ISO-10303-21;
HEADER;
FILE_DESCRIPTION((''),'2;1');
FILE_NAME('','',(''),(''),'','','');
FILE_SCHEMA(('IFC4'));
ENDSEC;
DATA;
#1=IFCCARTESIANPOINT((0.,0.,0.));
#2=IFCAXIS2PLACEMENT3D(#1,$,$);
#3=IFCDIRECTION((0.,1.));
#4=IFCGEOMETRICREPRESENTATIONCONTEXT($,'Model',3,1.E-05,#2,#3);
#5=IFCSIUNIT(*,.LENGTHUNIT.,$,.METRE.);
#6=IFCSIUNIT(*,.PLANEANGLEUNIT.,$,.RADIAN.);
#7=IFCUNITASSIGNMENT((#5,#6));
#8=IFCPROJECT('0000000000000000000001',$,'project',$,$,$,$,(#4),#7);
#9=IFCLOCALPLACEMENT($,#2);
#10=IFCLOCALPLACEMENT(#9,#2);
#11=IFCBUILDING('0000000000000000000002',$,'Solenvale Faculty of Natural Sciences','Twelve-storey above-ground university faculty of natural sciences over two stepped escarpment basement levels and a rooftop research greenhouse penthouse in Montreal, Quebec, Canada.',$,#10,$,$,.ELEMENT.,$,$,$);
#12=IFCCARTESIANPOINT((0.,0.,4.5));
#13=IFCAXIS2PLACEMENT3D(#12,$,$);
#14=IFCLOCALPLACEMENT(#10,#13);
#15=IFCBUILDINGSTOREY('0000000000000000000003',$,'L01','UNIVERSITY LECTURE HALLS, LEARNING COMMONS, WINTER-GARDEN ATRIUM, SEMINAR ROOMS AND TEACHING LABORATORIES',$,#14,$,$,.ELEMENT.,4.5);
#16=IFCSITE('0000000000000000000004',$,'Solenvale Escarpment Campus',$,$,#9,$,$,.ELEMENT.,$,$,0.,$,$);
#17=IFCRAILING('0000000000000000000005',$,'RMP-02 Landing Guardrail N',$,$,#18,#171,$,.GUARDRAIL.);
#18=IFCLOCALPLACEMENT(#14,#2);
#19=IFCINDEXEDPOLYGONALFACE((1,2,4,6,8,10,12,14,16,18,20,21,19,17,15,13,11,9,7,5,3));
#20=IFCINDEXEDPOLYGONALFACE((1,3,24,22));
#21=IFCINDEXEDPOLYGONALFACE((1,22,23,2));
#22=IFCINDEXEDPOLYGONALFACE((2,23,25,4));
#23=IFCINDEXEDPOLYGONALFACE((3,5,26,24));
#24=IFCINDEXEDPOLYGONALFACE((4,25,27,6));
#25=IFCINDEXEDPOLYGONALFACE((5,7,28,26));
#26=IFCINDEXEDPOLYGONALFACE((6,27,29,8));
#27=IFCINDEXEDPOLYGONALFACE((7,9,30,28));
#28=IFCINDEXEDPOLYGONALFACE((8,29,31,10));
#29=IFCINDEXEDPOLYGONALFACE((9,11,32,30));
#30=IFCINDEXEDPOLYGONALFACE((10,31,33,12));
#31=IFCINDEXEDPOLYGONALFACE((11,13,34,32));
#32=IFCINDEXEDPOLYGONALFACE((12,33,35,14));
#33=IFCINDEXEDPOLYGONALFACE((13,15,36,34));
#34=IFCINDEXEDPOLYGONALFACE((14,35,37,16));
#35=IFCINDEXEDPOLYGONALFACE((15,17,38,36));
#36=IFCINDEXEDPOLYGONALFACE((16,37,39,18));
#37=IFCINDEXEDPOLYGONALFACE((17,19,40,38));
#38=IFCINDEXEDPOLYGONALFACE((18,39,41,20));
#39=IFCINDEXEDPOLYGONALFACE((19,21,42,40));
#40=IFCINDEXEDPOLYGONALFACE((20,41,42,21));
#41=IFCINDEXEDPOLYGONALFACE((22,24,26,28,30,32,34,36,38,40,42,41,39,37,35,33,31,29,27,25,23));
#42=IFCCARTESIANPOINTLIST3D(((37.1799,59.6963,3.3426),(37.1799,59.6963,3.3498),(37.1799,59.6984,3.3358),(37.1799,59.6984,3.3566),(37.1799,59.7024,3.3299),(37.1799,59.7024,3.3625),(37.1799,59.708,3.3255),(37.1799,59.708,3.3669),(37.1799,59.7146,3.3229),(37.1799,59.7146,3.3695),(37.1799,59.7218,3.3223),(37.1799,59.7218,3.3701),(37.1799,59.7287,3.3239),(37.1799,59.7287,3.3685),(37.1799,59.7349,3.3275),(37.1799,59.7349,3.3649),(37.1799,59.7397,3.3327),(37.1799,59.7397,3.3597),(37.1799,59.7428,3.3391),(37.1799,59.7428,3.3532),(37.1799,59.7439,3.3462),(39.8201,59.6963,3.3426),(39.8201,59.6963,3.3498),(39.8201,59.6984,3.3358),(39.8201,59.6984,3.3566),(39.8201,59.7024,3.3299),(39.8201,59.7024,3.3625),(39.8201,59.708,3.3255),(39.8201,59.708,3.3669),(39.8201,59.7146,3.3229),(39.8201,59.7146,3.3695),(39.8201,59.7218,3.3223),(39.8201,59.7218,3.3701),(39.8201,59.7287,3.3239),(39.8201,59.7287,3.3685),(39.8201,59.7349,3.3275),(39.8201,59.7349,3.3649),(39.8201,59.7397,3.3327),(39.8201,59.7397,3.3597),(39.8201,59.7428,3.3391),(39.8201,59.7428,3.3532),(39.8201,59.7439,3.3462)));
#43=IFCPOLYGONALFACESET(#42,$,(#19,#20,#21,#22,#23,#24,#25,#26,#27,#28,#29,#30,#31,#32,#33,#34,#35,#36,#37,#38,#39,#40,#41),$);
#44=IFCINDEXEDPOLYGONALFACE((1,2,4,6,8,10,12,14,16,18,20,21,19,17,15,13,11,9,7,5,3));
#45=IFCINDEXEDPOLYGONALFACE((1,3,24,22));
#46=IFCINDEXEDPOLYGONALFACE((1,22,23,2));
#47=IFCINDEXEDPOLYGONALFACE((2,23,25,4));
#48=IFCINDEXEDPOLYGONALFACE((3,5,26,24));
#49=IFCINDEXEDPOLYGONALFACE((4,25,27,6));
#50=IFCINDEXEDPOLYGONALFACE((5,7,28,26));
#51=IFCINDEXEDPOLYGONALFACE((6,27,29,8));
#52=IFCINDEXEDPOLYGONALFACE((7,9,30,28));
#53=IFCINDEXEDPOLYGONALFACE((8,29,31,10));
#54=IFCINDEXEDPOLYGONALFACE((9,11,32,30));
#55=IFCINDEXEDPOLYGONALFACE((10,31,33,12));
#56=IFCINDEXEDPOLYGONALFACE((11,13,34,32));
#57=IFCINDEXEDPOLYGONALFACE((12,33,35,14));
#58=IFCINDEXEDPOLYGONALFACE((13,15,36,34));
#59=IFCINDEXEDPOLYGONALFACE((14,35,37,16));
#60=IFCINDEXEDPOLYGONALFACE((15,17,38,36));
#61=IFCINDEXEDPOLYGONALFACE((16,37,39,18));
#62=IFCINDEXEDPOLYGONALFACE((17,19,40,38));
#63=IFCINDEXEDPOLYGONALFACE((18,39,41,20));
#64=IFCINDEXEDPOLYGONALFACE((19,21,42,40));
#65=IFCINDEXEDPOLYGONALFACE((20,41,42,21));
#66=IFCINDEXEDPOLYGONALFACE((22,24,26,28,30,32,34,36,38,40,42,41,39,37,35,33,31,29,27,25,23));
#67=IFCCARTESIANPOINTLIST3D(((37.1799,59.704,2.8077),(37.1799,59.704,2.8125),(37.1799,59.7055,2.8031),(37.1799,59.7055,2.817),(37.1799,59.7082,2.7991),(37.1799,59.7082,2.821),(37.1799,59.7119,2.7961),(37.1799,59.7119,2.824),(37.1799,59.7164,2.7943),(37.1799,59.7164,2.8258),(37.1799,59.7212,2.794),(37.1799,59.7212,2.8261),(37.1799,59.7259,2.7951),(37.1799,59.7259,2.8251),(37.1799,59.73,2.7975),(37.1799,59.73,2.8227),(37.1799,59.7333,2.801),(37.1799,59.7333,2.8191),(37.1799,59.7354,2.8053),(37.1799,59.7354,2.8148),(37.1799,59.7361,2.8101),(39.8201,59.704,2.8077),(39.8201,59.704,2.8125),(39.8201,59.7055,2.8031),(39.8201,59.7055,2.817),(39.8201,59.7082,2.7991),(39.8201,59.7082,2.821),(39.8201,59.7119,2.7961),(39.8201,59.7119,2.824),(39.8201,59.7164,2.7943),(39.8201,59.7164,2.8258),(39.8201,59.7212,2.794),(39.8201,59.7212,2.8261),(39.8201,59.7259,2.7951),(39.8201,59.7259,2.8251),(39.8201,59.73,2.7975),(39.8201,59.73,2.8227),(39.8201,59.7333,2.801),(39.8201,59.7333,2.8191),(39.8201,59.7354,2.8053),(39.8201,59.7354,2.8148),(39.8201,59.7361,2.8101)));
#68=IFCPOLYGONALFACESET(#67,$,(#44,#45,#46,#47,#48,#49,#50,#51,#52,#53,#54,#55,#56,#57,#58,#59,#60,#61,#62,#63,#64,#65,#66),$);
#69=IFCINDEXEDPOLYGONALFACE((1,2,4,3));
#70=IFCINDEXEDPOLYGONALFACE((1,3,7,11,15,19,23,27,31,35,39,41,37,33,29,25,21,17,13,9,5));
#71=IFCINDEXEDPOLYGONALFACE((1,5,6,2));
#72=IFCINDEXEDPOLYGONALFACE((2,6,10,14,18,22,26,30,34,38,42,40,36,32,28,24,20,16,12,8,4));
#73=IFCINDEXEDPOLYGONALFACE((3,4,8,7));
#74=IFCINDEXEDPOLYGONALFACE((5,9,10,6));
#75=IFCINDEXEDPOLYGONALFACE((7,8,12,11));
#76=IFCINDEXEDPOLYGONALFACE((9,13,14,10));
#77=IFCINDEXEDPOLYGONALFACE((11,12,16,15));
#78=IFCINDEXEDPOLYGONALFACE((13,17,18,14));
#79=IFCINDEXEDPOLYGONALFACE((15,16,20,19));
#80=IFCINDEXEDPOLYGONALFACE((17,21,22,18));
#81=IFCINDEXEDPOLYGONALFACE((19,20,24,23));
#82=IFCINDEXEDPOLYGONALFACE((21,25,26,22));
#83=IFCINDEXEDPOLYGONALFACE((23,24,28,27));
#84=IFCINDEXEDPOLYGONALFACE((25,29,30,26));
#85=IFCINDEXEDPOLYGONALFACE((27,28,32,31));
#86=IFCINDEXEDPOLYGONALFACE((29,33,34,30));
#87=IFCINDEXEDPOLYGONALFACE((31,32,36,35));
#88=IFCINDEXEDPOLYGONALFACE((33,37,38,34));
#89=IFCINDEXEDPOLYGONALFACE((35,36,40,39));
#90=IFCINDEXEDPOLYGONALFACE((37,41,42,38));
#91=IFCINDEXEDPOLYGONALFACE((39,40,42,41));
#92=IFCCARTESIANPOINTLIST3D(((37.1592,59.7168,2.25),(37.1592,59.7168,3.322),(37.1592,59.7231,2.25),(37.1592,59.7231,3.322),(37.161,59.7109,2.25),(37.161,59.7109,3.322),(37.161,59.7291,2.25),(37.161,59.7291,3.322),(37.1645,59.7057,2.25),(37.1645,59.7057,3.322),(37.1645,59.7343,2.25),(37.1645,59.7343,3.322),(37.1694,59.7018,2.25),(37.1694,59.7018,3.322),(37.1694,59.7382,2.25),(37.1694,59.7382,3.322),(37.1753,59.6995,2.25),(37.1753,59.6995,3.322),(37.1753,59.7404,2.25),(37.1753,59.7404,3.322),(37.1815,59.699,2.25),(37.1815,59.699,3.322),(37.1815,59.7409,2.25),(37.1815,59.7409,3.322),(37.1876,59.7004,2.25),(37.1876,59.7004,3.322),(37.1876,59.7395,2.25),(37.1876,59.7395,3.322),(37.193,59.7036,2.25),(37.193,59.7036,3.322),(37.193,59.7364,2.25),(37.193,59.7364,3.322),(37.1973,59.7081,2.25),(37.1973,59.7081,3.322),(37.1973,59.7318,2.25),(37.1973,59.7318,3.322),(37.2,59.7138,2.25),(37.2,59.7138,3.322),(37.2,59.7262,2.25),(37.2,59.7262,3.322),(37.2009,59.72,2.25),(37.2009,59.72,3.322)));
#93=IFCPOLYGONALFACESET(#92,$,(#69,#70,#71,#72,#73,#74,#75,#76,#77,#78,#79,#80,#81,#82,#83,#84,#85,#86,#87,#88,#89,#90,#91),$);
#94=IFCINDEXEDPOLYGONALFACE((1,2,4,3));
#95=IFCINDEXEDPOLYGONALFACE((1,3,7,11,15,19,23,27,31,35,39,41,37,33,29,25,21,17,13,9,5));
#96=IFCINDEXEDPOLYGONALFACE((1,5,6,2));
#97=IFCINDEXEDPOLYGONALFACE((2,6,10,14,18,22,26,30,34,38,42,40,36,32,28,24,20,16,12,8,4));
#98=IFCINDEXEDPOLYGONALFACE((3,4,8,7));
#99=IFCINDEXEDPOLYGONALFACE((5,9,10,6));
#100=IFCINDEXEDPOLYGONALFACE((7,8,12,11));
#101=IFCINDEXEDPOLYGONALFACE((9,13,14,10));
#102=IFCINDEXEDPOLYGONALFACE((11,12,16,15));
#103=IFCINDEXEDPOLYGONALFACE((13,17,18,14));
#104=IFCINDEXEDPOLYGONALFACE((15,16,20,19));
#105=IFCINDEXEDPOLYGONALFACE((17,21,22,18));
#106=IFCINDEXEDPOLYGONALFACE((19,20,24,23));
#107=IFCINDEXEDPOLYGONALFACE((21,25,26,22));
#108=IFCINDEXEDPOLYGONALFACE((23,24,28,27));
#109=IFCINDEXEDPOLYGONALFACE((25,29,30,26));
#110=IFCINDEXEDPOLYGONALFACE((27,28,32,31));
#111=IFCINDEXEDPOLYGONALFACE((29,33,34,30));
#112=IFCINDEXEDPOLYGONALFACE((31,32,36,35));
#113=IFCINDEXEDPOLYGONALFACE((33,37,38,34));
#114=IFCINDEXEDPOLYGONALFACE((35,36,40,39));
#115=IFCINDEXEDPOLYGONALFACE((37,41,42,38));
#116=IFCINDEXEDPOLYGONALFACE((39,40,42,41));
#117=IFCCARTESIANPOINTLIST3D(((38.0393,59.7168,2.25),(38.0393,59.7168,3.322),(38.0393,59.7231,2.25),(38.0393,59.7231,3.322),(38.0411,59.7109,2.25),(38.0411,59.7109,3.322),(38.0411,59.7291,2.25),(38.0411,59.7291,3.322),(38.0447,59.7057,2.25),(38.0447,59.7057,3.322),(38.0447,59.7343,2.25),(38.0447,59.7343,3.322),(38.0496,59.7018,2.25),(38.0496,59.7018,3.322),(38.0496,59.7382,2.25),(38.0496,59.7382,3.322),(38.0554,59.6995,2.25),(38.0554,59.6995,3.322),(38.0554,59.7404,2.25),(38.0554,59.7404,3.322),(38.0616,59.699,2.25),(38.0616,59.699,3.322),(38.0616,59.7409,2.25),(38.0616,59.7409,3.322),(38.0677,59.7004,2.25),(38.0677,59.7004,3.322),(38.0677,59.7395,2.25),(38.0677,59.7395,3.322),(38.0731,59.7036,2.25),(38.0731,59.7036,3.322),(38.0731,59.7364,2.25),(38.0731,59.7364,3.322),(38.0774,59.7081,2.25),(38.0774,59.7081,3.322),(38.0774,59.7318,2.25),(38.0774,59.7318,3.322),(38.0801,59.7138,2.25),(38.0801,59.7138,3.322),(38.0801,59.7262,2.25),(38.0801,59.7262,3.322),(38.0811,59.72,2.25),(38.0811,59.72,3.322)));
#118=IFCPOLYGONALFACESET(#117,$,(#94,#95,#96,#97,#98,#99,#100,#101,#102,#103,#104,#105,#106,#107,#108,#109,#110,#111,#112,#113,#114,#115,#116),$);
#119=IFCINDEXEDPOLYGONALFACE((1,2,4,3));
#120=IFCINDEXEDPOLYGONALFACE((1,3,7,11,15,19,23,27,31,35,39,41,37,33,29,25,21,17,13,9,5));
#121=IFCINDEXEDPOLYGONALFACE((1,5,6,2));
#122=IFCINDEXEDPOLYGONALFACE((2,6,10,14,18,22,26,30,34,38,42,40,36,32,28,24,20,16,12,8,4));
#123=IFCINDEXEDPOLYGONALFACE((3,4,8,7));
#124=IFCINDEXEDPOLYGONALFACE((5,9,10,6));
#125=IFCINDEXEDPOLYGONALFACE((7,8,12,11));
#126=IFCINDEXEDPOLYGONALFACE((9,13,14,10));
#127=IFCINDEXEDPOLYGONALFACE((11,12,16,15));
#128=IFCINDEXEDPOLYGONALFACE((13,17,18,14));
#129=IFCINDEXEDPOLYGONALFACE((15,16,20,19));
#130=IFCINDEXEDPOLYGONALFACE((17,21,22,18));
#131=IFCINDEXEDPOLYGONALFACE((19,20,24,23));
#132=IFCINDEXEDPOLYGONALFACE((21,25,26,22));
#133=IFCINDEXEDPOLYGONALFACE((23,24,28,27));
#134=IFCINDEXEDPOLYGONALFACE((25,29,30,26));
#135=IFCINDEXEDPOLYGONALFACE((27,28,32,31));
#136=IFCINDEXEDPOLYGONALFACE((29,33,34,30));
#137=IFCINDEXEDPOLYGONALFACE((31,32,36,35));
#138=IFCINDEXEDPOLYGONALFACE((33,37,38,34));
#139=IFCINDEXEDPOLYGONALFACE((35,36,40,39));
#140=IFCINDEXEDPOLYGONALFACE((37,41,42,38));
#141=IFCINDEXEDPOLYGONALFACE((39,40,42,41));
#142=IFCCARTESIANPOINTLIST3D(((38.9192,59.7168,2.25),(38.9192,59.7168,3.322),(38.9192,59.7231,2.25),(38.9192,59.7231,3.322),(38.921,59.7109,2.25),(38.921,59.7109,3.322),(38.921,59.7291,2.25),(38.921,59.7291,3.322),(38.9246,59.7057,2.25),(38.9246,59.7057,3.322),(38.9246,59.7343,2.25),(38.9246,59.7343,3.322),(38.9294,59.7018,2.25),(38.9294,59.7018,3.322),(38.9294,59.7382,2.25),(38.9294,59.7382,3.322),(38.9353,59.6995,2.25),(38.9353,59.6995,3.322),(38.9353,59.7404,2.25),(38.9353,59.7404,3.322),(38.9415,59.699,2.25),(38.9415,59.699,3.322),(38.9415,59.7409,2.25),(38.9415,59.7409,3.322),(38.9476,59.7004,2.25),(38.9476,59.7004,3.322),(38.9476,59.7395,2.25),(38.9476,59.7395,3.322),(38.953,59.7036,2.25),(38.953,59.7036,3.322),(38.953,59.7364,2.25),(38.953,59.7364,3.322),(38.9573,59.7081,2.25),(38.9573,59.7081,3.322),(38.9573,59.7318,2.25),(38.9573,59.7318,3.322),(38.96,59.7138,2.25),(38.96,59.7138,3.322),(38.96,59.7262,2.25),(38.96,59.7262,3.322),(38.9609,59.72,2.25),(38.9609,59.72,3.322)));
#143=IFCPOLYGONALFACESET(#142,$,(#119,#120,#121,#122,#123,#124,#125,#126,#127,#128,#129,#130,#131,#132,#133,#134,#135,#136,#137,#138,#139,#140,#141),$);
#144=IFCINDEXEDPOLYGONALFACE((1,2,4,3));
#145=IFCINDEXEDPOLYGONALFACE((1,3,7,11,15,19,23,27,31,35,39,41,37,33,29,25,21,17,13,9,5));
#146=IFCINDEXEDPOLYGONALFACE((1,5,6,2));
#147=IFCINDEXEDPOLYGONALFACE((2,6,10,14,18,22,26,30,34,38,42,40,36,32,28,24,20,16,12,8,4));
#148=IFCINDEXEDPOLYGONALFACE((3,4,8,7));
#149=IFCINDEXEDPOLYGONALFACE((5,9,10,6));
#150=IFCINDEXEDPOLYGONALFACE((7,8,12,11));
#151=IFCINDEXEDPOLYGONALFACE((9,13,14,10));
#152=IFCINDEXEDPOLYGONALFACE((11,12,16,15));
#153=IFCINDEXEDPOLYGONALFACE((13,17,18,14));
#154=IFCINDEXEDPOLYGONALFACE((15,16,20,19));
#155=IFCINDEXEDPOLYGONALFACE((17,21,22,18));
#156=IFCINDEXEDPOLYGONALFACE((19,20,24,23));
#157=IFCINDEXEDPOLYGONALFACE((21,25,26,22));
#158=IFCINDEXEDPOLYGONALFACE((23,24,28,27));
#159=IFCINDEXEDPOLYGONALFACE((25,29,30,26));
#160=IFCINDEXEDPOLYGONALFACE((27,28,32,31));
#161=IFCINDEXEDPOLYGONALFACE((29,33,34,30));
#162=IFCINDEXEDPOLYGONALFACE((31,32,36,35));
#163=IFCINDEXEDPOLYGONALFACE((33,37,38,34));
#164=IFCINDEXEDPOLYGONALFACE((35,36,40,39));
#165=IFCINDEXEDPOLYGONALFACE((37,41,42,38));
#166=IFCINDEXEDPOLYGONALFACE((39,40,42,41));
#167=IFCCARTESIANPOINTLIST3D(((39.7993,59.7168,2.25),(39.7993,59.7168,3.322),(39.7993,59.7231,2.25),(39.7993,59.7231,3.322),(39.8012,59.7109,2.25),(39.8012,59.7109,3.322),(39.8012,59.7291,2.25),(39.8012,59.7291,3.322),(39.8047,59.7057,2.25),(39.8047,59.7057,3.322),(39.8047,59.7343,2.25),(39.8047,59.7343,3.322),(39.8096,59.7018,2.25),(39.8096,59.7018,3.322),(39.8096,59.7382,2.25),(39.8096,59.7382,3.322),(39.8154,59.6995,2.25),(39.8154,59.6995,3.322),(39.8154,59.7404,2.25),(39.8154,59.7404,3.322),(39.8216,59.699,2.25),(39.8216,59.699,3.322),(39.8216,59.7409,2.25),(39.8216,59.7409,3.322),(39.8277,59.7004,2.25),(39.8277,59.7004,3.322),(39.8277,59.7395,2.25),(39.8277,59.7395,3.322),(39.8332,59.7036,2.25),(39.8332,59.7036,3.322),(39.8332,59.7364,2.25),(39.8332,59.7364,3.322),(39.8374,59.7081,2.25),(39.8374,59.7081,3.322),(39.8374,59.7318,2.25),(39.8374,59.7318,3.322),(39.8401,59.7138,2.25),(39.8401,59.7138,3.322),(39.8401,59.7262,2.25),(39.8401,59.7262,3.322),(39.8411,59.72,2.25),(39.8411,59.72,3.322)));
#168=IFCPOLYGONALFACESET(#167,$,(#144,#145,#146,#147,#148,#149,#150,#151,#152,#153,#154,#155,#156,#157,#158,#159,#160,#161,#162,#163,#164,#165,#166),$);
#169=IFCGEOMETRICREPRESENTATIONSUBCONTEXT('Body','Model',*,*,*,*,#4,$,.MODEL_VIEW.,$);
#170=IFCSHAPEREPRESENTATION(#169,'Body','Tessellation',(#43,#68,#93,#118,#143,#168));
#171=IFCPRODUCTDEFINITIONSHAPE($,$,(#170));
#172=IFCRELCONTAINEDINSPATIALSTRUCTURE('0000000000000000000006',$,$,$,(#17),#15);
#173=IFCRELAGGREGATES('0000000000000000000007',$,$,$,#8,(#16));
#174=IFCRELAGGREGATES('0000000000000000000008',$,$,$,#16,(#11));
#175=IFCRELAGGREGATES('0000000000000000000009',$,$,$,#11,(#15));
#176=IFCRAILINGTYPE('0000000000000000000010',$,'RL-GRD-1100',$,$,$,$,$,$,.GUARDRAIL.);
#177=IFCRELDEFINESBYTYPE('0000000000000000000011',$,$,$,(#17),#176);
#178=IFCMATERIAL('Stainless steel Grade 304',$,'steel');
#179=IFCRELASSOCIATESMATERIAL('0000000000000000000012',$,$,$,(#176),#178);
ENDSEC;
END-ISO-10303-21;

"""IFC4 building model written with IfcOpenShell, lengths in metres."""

from ifc_helpers import new_model, si_unit, direction, frame, origin, origin_2d, place, context, subcontext, project, spatial, circle, extrude, material, type_object, element, save


model = new_model("IFC4")

# Units and contexts
model_context = context("Model", 3, precision=1e-05, world=origin(), true_north=direction((0.0, 1.0)))
body_context = subcontext(model_context, "Body", "Model", "MODEL_VIEW")
ifc_project = project(units=[si_unit("LENGTHUNIT", "METRE"), si_unit("PLANEANGLEUNIT", "RADIAN")], contexts=[model_context])

# Site, building, storey
site_placement = place(None, origin())
site = spatial("IfcSite", under=ifc_project, at=site_placement, Name="Solenvale Escarpment Campus", CompositionType="ELEMENT", RefElevation=0.0)
building_placement = place(site_placement, origin())
building = spatial("IfcBuilding", under=site, at=building_placement, Name="Solenvale Faculty of Natural Sciences", Description="Twelve-storey above-ground university faculty of natural sciences over two stepped escarpment basement levels and a rooftop research greenhouse penthouse in Montreal, Quebec, Canada.", CompositionType="ELEMENT")
storey_placement = place(building_placement, frame((0.0, 0.0, 4.5)))
storey = spatial("IfcBuildingStorey", under=building, at=storey_placement, Name="L01", Description="UNIVERSITY LECTURE HALLS, LEARNING COMMONS, WINTER-GARDEN ATRIUM, SEMINAR ROOMS AND TEACHING LABORATORIES", CompositionType="ELEMENT", Elevation=4.5)

# Railing
ifc_material_1 = material(Name="Stainless steel Grade 304", Category="steel")
railing_type = type_object("IfcRailingType", Name="RL-GRD-1100", PredefinedType="GUARDRAIL", material=ifc_material_1)
railing_1_placement = place(storey_placement, frame((37.1799, 59.72, 2.25)))
element("IfcRailing", 1, at=railing_1_placement, inside=storey, type_object=railing_type, Name="RMP-02 Landing Guardrail N", PredefinedType="GUARDRAIL", context=body_context, shape_type="SweptSolid", body=[
    extrude(circle(Radius=0.0239, at=origin_2d()), frame((0.0, 0.0, 1.0962), z_axis=(1.0, 0.0, 0.0), x_axis=(0.0, 1.0, 0.0)), (0.0, 0.0, 1.0), 2.6401),
    extrude(circle(Radius=0.0161, at=origin_2d()), frame((0.0, 0.0, 0.5601), z_axis=(1.0, 0.0, 0.0), x_axis=(0.0, 1.0, 0.0)), (0.0, 0.0, 1.0), 2.6401),
    extrude(circle(Radius=0.021, at=origin_2d()), origin(), (0.0, 0.0, 1.0), 1.072),
    extrude(circle(Radius=0.021, at=origin_2d()), frame((0.8801, 0.0, 0.0)), (0.0, 0.0, 1.0), 1.072),
    extrude(circle(Radius=0.021, at=origin_2d()), frame((1.76, 0.0, 0.0)), (0.0, 0.0, 1.0), 1.072),
    extrude(circle(Radius=0.021, at=origin_2d()), frame((2.6401, 0.0, 0.0)), (0.0, 0.0, 1.0), 1.072),
])

save(model, "model.ifc")
